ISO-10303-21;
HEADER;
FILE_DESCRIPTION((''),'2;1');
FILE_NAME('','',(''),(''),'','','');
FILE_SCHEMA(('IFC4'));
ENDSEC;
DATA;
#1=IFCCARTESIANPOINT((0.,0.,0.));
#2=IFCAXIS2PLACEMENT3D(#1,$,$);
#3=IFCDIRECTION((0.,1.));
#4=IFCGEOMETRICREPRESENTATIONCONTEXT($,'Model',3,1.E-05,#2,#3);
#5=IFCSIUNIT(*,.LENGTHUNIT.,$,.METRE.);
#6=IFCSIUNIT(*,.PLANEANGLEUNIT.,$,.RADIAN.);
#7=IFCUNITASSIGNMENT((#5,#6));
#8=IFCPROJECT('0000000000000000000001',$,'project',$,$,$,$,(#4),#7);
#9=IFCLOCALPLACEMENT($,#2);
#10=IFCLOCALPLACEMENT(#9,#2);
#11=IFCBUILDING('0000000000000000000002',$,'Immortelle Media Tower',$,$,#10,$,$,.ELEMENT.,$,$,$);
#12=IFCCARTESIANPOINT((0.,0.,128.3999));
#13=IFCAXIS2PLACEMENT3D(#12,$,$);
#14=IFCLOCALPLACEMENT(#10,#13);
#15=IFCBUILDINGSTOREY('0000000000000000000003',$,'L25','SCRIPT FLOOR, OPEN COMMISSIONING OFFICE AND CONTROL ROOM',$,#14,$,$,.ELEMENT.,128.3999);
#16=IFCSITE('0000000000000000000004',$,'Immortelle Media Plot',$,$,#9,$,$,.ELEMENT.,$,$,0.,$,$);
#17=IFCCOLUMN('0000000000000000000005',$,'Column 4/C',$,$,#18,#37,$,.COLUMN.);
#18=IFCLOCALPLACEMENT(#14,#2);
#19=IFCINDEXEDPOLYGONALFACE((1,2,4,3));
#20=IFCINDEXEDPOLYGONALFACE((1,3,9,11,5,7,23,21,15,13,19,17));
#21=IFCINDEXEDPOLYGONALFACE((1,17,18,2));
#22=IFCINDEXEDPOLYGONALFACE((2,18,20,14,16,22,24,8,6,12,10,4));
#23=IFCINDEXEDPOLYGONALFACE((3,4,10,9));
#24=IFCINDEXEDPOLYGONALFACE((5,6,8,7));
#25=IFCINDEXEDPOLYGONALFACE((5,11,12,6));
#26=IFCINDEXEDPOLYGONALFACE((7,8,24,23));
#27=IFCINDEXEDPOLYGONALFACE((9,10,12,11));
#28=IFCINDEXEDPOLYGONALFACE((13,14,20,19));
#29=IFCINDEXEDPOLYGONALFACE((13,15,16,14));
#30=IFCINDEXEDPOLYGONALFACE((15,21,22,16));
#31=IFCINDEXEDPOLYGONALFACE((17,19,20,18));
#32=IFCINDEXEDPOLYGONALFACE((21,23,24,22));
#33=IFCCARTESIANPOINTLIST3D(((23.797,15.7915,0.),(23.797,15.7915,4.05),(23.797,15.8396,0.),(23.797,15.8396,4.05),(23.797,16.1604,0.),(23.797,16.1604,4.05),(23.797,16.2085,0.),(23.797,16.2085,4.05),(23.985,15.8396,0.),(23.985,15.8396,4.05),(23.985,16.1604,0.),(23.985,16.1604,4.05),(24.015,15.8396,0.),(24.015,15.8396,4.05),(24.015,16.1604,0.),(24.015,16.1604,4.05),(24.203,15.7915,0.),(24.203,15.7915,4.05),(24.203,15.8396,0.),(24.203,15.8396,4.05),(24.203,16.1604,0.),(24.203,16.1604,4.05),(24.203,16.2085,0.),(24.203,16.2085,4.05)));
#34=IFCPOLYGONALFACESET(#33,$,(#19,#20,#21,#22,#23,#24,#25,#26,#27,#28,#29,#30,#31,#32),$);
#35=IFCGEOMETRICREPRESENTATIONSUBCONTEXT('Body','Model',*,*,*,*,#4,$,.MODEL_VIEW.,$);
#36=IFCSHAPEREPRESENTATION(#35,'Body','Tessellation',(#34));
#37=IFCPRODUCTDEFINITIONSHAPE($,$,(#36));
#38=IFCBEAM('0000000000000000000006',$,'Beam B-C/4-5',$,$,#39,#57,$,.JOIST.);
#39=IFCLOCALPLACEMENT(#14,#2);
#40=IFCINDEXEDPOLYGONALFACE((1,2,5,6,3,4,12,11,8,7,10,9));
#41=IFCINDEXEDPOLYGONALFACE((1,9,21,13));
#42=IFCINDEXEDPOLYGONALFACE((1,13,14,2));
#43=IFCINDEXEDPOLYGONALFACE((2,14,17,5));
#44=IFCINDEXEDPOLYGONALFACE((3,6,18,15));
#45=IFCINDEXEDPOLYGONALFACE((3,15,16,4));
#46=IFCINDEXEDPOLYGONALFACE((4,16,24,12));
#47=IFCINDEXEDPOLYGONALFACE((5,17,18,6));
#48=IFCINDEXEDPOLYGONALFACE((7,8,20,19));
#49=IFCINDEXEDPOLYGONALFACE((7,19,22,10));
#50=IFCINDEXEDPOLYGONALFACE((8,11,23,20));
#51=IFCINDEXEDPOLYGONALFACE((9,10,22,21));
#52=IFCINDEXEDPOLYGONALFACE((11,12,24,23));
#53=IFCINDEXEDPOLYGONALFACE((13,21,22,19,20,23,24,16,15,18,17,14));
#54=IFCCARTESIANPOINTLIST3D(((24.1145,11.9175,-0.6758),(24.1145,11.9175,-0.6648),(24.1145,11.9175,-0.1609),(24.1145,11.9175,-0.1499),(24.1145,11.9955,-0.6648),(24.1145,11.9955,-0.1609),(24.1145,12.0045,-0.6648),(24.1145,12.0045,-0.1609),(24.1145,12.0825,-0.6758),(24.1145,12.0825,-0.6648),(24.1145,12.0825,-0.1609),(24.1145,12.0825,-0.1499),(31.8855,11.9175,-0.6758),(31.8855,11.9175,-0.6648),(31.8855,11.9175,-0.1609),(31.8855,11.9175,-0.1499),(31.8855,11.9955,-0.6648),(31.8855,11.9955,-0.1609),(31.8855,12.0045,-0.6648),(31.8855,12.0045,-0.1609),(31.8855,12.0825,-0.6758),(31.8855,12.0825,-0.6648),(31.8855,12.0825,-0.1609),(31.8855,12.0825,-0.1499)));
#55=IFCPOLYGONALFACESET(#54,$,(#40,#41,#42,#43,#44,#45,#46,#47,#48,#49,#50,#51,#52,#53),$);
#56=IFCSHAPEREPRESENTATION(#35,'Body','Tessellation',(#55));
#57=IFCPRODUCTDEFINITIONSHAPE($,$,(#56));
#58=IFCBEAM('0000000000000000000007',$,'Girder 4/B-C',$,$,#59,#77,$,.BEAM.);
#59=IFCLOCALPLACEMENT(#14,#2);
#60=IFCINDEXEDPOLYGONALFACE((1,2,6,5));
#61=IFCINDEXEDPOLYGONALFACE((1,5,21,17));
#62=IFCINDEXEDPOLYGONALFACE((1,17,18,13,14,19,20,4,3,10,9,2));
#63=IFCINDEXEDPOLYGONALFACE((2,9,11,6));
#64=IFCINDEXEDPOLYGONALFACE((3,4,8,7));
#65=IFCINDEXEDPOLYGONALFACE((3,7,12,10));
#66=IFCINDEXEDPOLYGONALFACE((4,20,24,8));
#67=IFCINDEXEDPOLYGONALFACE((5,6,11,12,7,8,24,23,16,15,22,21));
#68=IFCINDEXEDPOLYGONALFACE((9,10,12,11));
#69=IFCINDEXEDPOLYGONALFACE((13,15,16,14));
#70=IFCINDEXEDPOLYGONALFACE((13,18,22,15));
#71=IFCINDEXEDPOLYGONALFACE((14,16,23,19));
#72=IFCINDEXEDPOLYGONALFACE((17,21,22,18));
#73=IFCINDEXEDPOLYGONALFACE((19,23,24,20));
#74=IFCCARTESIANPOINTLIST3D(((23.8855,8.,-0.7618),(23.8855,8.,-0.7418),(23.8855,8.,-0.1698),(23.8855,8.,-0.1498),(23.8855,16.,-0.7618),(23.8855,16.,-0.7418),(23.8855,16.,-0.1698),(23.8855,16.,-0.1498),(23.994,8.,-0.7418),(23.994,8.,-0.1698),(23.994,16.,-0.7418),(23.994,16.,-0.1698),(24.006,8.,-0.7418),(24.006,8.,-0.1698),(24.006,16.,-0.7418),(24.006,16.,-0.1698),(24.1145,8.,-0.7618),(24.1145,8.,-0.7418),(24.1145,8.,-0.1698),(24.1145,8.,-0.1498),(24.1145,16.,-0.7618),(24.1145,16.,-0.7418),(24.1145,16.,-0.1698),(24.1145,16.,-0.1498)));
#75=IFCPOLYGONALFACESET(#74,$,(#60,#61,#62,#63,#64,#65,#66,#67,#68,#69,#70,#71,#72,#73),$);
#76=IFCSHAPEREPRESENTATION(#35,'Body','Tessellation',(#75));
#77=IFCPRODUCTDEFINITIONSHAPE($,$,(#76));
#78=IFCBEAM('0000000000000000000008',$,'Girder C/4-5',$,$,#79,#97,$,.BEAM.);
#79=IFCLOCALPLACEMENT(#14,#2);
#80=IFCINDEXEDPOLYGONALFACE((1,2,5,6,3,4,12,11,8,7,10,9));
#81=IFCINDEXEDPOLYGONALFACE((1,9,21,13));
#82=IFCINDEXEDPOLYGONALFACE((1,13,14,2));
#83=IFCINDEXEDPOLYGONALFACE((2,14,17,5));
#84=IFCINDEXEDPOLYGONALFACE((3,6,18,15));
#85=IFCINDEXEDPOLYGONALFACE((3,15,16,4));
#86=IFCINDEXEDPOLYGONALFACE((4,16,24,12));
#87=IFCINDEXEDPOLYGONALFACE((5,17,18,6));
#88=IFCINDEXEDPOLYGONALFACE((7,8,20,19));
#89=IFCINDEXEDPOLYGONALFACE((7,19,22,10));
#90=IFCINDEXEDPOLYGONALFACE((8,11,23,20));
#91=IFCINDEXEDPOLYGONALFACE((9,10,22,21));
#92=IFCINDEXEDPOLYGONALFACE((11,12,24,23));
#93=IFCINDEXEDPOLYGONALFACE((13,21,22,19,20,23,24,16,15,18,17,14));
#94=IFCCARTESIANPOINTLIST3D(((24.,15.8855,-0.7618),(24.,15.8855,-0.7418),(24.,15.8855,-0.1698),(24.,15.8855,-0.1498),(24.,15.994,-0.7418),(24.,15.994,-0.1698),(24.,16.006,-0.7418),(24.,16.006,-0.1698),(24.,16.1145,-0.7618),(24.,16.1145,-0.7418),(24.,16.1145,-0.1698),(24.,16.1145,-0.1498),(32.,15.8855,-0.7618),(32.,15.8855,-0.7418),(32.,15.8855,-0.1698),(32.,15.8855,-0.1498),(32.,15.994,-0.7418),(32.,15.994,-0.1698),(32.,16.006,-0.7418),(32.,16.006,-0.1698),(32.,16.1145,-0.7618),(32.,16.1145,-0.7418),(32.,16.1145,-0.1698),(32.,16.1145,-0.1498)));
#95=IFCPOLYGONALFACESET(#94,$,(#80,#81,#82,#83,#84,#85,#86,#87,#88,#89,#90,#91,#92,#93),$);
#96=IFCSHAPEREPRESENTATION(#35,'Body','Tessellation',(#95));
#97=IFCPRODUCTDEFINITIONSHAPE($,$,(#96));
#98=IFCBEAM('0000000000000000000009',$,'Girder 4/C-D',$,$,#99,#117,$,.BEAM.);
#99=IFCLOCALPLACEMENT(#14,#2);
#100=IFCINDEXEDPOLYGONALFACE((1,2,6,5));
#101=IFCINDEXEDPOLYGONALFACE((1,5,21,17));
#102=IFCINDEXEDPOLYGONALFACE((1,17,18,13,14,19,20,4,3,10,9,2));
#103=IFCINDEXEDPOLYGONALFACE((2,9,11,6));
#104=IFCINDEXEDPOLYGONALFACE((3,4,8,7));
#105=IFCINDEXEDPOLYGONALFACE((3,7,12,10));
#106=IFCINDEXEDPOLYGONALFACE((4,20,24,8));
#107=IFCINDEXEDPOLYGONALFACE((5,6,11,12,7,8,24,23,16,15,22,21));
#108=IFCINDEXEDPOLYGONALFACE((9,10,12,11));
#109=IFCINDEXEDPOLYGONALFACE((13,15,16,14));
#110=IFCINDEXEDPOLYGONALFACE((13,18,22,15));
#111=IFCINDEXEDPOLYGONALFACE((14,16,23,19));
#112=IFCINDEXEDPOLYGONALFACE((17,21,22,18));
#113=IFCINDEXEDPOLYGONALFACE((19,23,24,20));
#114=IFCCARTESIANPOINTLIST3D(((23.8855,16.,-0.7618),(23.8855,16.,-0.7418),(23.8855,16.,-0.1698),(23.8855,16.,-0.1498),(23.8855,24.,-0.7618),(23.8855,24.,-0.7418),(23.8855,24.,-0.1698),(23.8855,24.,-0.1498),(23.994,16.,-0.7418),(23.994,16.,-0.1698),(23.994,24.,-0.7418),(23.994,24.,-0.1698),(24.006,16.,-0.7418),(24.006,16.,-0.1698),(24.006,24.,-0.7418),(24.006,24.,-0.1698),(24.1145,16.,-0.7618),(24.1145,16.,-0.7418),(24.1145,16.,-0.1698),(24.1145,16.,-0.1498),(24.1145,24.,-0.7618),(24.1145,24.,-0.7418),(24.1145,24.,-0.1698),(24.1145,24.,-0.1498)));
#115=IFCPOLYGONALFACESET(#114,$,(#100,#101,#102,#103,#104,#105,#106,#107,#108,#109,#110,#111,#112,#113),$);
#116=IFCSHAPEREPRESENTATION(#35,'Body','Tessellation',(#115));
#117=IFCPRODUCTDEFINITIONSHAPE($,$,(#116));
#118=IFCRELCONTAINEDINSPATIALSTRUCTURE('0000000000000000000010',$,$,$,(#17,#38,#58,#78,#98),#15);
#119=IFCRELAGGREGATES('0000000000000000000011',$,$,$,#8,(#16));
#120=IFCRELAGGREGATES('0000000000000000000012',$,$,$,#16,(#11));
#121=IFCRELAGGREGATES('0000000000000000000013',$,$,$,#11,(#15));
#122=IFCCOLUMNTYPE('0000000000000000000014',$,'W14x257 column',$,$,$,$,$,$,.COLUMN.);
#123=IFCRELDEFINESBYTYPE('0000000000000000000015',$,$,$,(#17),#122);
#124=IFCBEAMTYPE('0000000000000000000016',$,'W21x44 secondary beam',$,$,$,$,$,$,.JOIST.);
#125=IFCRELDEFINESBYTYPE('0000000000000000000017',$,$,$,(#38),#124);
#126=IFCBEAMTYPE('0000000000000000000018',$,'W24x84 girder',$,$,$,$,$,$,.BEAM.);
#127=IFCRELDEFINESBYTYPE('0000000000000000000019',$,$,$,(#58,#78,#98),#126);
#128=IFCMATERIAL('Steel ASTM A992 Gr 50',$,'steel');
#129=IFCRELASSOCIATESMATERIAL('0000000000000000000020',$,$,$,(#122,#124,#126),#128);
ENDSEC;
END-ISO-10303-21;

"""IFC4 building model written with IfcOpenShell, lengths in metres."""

from ifc_helpers import new_model, si_unit, direction, frame, origin, origin_2d, place, context, subcontext, project, spatial, i_section, extrude, material, material_profile, profile_set, type_object, element, save


model = new_model("IFC4")

# Units and contexts
model_context = context("Model", 3, precision=1e-05, world=origin(), true_north=direction((0.0, 1.0)))
body_context = subcontext(model_context, "Body", "Model", "MODEL_VIEW")
ifc_project = project(units=[si_unit("LENGTHUNIT", "METRE"), si_unit("PLANEANGLEUNIT", "RADIAN")], contexts=[model_context])

# Site, building, storey
site_placement = place(None, origin())
site = spatial("IfcSite", under=ifc_project, at=site_placement, Name="Immortelle Media Plot", CompositionType="ELEMENT", RefElevation=0.0)
building_placement = place(site_placement, origin())
building = spatial("IfcBuilding", under=site, at=building_placement, Name="Immortelle Media Tower", CompositionType="ELEMENT")
storey_placement = place(building_placement, frame((0.0, 0.0, 128.3999)))
storey = spatial("IfcBuildingStorey", under=building, at=storey_placement, Name="L25", Description="SCRIPT FLOOR, OPEN COMMISSIONING OFFICE AND CONTROL ROOM", CompositionType="ELEMENT", Elevation=128.3999)

# Column
ifc_material_1 = material(Name="Steel ASTM A992 Gr 50", Category="steel")
ifc_material_profile_1 = material_profile(ifc_material_1, i_section(OverallWidth=0.406, OverallDepth=0.417, WebThickness=0.03, FlangeThickness=0.0481, at=origin_2d()), Name="W14x257")
ifc_profile_set_1 = profile_set([ifc_material_profile_1], Name="Steel ASTM A992 Gr 50")
column_type = type_object("IfcColumnType", Name="W14x257 column", PredefinedType="COLUMN", material=ifc_profile_set_1)
column_placement = place(storey_placement, frame((24.0, 16.0, 0.0), z_axis=(0.0, 0.0, 1.0), x_axis=(1.0, 0.0, 0.0)))
element("IfcColumn", 1, at=column_placement, inside=storey, type_object=column_type, Name="Column 4/C", PredefinedType="COLUMN", context=body_context, shape_type="SweptSolid", body=[
    extrude(i_section(OverallWidth=0.406, OverallDepth=0.417, WebThickness=0.03, FlangeThickness=0.0481, at=origin_2d()), origin(), (0.0, 0.0, 1.0), 4.05),
])

# Beams
ifc_material_profile_2 = material_profile(ifc_material_1, i_section(OverallWidth=0.165, OverallDepth=0.5259, WebThickness=0.009, FlangeThickness=0.011, at=origin_2d()), Name="W21x44")
ifc_profile_set_2 = profile_set([ifc_material_profile_2], Name="Steel ASTM A992 Gr 50")
beam_type_1 = type_object("IfcBeamType", Name="W21x44 secondary beam", PredefinedType="JOIST", material=ifc_profile_set_2)
beam_placement = place(storey_placement, frame((24.1145, 12.0, -0.4128), z_axis=(1.0, 0.0, 0.0), x_axis=(0.0, 1.0, 0.0)))
element("IfcBeam", 2, at=beam_placement, inside=storey, type_object=beam_type_1, Name="Beam B-C/4-5", PredefinedType="JOIST", context=body_context, shape_type="SweptSolid", body=[
    extrude(i_section(OverallWidth=0.165, OverallDepth=0.5259, WebThickness=0.009, FlangeThickness=0.011, at=origin_2d()), origin(), (0.0, 0.0, 1.0), 7.771),
])
ifc_material_profile_3 = material_profile(ifc_material_1, i_section(OverallWidth=0.229, OverallDepth=0.6121, WebThickness=0.012, FlangeThickness=0.02, at=origin_2d()), Name="W24x84")
ifc_profile_set_3 = profile_set([ifc_material_profile_3], Name="Steel ASTM A992 Gr 50")
beam_type_2 = type_object("IfcBeamType", Name="W24x84 girder", PredefinedType="BEAM", material=ifc_profile_set_3)
for number, where, z_axis, x_axis, name in (
    (3, (24.0, 8.0, -0.4558), (0.0, 1.0, 0.0), (-1.0, 0.0, 0.0), "Girder 4/B-C"),
    (4, (24.0, 16.0, -0.4558), (1.0, 0.0, 0.0), (0.0, 1.0, 0.0), "Girder C/4-5"),
    (5, (24.0, 16.0, -0.4558), (0.0, 1.0, 0.0), (-1.0, 0.0, 0.0), "Girder 4/C-D"),
):
    element("IfcBeam", number, at=place(storey_placement, frame(where, z_axis=z_axis, x_axis=x_axis)), inside=storey, type_object=beam_type_2, Name=name, PredefinedType="BEAM", context=body_context, shape_type="SweptSolid", body=[
        extrude(i_section(OverallWidth=0.229, OverallDepth=0.6121, WebThickness=0.012, FlangeThickness=0.02, at=origin_2d()), origin(), (0.0, 0.0, 1.0), 8.0),
    ])

save(model, "model.ifc")
